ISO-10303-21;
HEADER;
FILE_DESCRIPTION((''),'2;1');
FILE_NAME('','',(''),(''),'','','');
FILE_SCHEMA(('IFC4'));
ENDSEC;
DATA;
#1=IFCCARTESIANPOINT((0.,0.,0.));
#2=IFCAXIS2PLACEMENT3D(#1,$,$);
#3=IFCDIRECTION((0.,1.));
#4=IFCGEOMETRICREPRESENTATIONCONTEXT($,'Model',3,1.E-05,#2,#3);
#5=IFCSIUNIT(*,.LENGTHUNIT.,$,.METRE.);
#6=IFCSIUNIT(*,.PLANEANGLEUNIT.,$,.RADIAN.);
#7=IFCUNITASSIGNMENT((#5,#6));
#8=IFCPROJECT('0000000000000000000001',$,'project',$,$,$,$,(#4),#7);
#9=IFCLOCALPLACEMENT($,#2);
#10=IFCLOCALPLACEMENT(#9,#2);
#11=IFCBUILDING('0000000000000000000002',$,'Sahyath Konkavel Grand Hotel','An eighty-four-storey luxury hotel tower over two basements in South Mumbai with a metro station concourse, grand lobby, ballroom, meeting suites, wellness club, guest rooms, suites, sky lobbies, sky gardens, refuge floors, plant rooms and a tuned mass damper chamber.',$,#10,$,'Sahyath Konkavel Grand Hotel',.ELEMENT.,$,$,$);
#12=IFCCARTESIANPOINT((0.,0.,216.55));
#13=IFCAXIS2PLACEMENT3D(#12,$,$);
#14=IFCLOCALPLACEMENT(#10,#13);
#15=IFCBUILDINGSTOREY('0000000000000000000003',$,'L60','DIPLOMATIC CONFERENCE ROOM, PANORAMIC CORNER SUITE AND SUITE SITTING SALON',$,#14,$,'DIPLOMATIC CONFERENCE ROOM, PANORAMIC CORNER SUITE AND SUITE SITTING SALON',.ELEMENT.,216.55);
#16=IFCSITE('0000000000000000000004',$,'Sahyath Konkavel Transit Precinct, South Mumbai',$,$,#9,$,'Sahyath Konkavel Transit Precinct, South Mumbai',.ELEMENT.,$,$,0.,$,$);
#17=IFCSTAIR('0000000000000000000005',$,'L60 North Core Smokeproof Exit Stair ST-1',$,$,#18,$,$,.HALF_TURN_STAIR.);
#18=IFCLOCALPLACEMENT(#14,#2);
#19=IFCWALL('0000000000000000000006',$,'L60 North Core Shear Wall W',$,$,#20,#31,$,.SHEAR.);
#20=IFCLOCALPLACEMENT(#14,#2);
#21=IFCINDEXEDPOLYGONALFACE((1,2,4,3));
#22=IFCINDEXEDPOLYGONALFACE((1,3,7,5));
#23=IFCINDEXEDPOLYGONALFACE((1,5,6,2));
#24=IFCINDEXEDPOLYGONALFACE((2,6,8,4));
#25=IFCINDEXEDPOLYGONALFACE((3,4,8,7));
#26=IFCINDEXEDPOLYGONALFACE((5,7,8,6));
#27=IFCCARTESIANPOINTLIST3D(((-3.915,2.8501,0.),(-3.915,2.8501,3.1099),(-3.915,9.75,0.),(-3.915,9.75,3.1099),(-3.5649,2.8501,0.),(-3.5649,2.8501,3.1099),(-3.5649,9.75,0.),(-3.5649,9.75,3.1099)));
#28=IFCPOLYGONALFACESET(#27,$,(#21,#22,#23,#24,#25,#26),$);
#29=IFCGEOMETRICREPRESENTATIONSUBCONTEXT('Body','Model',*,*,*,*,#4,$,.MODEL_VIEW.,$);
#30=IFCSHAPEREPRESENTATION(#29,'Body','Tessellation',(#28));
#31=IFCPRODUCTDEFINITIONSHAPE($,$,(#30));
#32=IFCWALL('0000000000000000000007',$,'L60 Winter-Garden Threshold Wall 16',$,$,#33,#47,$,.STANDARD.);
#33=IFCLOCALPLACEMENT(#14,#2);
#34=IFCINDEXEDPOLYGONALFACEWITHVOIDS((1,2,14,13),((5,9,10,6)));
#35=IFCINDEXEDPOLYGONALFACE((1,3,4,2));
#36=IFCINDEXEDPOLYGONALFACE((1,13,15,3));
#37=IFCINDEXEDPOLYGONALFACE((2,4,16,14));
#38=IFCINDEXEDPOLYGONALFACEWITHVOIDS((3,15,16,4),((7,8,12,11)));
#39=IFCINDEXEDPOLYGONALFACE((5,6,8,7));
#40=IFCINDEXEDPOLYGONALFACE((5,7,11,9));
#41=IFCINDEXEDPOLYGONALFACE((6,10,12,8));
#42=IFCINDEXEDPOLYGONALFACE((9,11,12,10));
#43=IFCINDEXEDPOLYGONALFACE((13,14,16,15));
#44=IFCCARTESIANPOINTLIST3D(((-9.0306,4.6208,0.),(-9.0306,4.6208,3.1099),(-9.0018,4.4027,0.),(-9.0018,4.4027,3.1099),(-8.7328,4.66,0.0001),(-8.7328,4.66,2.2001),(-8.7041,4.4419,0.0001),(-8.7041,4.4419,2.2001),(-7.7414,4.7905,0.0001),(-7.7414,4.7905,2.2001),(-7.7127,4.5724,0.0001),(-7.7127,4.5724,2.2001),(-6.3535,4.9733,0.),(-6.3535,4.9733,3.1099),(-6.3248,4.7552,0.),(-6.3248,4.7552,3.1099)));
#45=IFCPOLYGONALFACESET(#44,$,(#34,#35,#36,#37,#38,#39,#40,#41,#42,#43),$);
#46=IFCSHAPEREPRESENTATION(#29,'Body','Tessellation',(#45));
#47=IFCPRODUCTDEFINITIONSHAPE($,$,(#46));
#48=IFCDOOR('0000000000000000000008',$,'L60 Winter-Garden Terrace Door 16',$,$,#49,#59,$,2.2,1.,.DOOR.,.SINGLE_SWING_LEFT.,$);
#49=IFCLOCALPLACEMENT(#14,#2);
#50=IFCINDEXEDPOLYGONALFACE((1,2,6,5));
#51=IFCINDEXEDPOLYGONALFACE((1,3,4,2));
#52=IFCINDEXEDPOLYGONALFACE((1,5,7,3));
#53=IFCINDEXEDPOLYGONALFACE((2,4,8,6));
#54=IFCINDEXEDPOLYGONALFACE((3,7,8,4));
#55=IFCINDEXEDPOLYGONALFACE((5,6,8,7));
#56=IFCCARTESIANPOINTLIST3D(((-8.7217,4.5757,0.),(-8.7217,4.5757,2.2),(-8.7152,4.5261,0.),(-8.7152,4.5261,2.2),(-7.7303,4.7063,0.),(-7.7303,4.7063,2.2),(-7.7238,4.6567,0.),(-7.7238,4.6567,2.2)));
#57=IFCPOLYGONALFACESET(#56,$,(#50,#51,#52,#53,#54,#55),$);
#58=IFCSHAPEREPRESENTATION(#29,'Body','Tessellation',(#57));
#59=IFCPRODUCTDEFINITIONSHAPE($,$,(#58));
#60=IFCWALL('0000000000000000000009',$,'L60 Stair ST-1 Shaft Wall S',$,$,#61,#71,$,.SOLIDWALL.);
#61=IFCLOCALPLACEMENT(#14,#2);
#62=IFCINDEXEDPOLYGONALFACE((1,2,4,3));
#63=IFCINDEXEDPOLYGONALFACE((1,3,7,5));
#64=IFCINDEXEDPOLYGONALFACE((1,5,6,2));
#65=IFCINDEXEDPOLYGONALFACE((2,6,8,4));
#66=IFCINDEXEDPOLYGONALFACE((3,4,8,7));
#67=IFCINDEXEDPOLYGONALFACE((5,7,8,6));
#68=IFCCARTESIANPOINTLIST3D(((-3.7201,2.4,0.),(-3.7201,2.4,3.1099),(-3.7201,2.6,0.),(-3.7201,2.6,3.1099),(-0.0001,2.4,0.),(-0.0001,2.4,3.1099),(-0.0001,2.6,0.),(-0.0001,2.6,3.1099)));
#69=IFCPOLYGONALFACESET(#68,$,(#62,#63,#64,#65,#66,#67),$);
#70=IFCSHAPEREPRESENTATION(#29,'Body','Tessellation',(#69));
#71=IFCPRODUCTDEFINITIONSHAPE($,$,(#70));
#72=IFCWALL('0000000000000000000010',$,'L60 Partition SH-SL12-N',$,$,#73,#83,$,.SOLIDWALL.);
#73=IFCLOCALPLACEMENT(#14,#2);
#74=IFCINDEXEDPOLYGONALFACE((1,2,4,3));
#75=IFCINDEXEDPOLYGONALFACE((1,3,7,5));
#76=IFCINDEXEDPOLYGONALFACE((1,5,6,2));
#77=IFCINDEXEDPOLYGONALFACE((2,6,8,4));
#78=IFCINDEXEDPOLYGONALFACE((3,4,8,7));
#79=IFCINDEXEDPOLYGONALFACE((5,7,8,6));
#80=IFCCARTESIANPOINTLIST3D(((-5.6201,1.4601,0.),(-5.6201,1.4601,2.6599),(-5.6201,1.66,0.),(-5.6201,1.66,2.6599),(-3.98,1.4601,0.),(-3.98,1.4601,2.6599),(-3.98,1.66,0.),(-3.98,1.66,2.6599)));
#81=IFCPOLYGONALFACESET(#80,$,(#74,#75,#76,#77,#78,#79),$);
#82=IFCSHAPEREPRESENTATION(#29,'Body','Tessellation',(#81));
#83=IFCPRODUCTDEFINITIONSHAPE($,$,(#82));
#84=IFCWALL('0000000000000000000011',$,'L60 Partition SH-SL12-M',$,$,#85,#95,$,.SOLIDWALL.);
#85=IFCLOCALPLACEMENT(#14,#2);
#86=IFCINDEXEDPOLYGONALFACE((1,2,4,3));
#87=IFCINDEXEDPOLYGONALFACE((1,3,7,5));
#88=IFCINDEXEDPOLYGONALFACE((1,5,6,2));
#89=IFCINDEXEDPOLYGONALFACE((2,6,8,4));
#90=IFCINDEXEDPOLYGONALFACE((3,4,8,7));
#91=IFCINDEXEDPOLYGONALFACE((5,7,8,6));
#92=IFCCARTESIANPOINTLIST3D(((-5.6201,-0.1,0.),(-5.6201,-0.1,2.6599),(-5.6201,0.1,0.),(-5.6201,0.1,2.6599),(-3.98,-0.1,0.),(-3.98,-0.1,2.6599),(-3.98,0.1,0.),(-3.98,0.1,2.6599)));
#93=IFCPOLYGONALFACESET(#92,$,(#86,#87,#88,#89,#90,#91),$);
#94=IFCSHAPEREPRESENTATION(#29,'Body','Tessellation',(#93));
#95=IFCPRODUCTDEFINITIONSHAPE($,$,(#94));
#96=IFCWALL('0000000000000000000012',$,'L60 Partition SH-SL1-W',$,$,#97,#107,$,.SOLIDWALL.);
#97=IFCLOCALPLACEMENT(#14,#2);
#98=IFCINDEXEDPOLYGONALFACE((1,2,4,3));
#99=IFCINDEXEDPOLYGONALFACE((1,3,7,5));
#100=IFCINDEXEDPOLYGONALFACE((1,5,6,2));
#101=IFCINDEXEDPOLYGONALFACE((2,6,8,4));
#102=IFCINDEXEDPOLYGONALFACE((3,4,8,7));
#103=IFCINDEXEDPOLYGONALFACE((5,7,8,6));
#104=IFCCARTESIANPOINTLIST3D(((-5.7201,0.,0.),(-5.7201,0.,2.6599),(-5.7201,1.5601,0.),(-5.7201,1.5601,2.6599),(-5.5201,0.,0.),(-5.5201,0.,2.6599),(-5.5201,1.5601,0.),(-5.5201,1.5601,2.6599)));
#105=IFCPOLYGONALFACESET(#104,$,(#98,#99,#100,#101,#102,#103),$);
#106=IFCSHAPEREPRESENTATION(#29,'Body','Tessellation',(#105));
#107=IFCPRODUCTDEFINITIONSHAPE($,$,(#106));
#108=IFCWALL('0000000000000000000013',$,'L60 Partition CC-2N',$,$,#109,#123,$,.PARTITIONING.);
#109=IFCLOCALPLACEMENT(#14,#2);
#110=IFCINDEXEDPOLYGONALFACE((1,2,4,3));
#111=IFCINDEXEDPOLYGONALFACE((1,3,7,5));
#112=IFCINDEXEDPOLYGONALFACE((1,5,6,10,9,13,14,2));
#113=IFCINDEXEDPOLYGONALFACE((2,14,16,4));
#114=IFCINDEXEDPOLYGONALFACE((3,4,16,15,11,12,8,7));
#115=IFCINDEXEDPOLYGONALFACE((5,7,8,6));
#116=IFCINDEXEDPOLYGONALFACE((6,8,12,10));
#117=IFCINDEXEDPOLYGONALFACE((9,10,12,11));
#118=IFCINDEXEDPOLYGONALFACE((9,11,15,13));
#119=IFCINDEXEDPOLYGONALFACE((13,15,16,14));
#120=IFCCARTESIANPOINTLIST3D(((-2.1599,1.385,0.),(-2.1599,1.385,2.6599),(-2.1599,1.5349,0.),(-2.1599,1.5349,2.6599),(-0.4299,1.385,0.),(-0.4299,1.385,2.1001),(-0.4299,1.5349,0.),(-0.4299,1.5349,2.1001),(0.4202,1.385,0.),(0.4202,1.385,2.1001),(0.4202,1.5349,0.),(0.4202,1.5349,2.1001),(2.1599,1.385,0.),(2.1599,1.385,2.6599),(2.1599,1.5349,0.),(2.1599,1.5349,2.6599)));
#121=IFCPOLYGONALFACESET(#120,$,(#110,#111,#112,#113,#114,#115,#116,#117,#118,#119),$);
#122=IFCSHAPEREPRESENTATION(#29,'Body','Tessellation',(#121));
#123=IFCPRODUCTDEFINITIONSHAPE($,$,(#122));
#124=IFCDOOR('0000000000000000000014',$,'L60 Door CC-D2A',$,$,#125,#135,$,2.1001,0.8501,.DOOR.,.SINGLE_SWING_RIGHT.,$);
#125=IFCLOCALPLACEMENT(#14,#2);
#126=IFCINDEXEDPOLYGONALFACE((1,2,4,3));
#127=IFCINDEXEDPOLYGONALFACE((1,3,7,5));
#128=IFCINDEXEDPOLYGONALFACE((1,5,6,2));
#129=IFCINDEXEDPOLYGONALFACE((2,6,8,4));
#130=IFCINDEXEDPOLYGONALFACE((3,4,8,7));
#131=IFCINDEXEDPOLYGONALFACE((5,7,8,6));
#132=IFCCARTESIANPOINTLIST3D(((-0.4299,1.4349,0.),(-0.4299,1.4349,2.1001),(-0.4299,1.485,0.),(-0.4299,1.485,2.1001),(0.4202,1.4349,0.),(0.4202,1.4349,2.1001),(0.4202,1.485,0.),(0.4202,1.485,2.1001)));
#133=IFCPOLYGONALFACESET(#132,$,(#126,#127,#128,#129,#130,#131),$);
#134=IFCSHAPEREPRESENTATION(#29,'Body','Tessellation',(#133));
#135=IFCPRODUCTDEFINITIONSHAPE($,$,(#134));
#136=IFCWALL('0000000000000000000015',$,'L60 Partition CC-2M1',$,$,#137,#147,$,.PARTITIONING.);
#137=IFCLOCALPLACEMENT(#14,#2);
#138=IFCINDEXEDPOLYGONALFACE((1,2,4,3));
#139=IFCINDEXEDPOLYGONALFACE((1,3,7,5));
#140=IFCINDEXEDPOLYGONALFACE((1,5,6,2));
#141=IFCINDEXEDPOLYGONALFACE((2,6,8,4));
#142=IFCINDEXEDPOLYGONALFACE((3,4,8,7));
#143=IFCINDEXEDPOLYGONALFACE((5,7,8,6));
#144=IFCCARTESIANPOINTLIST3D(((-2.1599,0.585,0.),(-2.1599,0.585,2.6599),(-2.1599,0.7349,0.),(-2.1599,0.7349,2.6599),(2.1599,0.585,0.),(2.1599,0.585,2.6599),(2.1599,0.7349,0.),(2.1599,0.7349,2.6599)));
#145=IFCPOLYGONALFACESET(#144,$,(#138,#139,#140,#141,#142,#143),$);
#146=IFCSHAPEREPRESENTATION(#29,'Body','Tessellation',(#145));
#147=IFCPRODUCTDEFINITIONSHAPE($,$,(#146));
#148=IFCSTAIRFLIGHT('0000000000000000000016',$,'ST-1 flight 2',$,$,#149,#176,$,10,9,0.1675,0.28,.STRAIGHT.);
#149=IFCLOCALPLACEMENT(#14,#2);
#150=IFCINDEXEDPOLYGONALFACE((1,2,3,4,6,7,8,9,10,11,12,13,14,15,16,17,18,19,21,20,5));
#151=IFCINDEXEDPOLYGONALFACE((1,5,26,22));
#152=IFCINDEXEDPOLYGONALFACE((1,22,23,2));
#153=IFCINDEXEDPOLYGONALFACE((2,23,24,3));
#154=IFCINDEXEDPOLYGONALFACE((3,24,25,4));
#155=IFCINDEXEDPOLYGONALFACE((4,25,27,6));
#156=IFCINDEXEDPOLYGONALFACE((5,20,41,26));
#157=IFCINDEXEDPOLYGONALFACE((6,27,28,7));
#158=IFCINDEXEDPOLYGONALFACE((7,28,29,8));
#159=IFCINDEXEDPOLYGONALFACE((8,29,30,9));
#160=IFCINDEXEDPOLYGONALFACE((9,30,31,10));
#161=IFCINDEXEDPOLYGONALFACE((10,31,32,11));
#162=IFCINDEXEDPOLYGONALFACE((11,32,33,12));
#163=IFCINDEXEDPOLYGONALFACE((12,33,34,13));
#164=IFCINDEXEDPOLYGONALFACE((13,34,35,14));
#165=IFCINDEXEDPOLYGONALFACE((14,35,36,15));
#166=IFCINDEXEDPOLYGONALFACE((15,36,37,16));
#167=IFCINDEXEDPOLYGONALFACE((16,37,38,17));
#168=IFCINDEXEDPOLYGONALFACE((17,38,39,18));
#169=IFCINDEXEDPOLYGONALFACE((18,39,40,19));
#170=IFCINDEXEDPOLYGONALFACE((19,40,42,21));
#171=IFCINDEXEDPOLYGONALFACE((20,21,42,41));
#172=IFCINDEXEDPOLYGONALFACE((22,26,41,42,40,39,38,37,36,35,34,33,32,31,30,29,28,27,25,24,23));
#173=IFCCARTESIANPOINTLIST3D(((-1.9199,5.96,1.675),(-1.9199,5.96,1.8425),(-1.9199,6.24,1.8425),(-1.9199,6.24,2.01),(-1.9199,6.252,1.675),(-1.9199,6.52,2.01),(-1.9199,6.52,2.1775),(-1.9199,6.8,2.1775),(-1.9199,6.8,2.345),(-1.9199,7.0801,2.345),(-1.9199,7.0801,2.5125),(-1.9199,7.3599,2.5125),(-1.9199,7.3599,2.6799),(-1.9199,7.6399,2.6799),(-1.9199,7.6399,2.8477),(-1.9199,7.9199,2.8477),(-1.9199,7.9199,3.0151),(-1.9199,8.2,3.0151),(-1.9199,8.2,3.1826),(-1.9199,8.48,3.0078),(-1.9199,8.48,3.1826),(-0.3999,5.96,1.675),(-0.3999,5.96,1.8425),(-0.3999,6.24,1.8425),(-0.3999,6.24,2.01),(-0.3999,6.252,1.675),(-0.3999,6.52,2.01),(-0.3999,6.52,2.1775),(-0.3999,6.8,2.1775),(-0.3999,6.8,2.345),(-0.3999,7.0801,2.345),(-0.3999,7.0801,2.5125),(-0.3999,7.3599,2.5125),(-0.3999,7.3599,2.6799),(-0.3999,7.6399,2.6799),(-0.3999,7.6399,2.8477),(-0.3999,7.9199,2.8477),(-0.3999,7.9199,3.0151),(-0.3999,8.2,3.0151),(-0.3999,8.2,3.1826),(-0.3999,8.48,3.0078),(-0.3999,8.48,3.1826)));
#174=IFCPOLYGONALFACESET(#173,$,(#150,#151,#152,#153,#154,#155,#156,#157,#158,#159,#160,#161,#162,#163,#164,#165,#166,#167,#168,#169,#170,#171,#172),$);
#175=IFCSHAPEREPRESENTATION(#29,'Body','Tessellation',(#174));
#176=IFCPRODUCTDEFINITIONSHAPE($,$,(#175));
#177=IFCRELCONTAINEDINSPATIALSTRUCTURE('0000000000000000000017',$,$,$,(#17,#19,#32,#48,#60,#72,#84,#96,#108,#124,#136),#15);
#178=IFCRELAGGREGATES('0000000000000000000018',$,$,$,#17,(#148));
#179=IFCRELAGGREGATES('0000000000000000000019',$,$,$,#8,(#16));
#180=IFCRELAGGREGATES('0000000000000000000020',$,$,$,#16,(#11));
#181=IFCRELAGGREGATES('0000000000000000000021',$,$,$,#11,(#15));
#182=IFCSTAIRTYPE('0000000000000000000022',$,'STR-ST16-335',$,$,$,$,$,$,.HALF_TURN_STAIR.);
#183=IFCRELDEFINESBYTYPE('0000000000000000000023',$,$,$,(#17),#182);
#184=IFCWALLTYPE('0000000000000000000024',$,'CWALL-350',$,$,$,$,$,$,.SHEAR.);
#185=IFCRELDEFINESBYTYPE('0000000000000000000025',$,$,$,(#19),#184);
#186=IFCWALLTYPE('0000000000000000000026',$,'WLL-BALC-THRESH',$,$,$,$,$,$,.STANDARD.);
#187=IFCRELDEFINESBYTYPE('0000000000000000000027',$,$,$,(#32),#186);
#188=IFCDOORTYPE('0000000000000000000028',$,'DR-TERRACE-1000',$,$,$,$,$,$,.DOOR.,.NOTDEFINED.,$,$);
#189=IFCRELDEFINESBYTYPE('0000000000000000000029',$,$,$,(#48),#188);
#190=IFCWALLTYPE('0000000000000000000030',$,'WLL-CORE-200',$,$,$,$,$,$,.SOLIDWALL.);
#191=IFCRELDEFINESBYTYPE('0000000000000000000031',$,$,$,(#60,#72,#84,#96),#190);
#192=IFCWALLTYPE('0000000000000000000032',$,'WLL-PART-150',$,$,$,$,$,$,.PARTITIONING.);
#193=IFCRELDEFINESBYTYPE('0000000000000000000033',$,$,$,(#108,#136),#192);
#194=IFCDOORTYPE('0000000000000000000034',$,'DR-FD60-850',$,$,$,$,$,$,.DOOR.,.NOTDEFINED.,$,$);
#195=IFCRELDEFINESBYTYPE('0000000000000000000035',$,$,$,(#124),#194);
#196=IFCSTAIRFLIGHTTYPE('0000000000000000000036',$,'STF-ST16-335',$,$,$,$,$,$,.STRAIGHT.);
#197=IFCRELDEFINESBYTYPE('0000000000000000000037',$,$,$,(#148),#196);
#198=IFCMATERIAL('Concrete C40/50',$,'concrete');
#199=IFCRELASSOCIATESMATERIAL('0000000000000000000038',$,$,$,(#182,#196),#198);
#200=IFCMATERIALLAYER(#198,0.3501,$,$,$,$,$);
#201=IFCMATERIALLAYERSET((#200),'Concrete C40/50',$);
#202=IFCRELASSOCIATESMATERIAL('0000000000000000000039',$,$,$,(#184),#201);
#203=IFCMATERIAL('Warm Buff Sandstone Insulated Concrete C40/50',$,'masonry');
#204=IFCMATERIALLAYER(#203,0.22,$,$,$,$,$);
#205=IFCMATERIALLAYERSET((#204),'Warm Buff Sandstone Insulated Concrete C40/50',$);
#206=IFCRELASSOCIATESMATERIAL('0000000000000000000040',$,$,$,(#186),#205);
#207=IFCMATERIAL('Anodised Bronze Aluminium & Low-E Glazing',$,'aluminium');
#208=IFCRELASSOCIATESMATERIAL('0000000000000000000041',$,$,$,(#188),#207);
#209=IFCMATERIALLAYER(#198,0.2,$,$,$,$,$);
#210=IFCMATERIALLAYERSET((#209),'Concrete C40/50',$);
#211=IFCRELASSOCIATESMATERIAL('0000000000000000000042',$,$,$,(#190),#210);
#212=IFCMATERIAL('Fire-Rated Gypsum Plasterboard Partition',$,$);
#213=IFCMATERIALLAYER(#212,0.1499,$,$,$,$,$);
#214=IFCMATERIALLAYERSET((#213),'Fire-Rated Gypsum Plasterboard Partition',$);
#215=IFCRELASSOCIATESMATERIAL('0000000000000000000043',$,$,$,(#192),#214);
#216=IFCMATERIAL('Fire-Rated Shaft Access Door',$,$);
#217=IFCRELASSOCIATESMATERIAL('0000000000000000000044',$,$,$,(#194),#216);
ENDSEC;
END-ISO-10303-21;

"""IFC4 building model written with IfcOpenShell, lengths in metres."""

from ifc_helpers import new_model, si_unit, direction, frame, frame_2d, origin, origin_2d, place, context, subcontext, project, spatial, polyline, rectangle, outline, extrude, source, transform, mapped, material, layer, layer_set, type_object, element, fill, aggregate, save


model = new_model("IFC4")

# Units and contexts
model_context = context("Model", 3, precision=1e-05, world=origin(), true_north=direction((0.0, 1.0)))
body_context = subcontext(model_context, "Body", "Model", "MODEL_VIEW")
ifc_project = project(units=[si_unit("LENGTHUNIT", "METRE"), si_unit("PLANEANGLEUNIT", "RADIAN")], contexts=[model_context])

# Site, building, storey
site_placement = place(None, origin())
site = spatial("IfcSite", under=ifc_project, at=site_placement, Name="Sahyath Konkavel Transit Precinct, South Mumbai", LongName="Sahyath Konkavel Transit Precinct, South Mumbai", CompositionType="ELEMENT", RefElevation=0.0)
building_placement = place(site_placement, origin())
building = spatial("IfcBuilding", under=site, at=building_placement, Name="Sahyath Konkavel Grand Hotel", Description="An eighty-four-storey luxury hotel tower over two basements in South Mumbai with a metro station concourse, grand lobby, ballroom, meeting suites, wellness club, guest rooms, suites, sky lobbies, sky gardens, refuge floors, plant rooms and a tuned mass damper chamber.", LongName="Sahyath Konkavel Grand Hotel", CompositionType="ELEMENT")
storey_placement = place(building_placement, frame((0.0, 0.0, 216.55)))
storey = spatial("IfcBuildingStorey", under=building, at=storey_placement, Name="L60", Description="DIPLOMATIC CONFERENCE ROOM, PANORAMIC CORNER SUITE AND SUITE SITTING SALON", LongName="DIPLOMATIC CONFERENCE ROOM, PANORAMIC CORNER SUITE AND SUITE SITTING SALON", CompositionType="ELEMENT", Elevation=216.55)

# Shared definitions
ifc_material_1 = material(Name="Concrete C40/50", Category="concrete")

# Shared definitions
ifc_material_2 = material(Name="Anodised Bronze Aluminium & Low-E Glazing", Category="aluminium")

# Stair
stair_type = type_object("IfcStairType", Name="STR-ST16-335", PredefinedType="HALF_TURN_STAIR", material=ifc_material_1)
stair_1_placement = place(storey_placement, origin())
stair_1 = element("IfcStair", 1, at=stair_1_placement, inside=storey, type_object=stair_type, Name="L60 North Core Smokeproof Exit Stair ST-1", PredefinedType="HALF_TURN_STAIR")

# Wall
ifc_layer_1 = layer(ifc_material_1, 0.3501)
ifc_layer_set_1 = layer_set([ifc_layer_1], Name="Concrete C40/50")
wall_type_1 = type_object("IfcWallType", Name="CWALL-350", PredefinedType="SHEAR", material=ifc_layer_set_1)
wall_1_placement = place(storey_placement, frame((-3.74, 2.8501, 0.0), z_axis=(0.0, 0.0, 1.0), x_axis=(0.0, 1.0, 0.0)))
element("IfcWall", 2, at=wall_1_placement, inside=storey, type_object=wall_type_1, Name="L60 North Core Shear Wall W", PredefinedType="SHEAR", context=body_context, shape_type="SweptSolid", body=[
    extrude(rectangle(XDim=6.8999, YDim=0.3501, at=frame_2d((3.45, 0.0))), origin(), (0.0, 0.0, 1.0), 3.1099),
])

# Wall, opening, door
ifc_material_3 = material(Name="Warm Buff Sandstone Insulated Concrete C40/50", Category="masonry")
ifc_layer_2 = layer(ifc_material_3, 0.22)
ifc_layer_set_2 = layer_set([ifc_layer_2], Name="Warm Buff Sandstone Insulated Concrete C40/50")
wall_type_2 = type_object("IfcWallType", Name="WLL-BALC-THRESH", PredefinedType="STANDARD", material=ifc_layer_set_2)
wall_2_placement = place(storey_placement, frame((-6.3391, 4.8643, 0.0), z_axis=(0.0, 0.0, 1.0), x_axis=(-0.99144, -0.130564, 0.0)))
wall_2 = element("IfcWall", 3, at=wall_2_placement, inside=storey, type_object=wall_type_2, Name="L60 Winter-Garden Threshold Wall 16", PredefinedType="STANDARD", context=body_context, shape_type="SweptSolid", body=[
    extrude(rectangle(XDim=2.7002, YDim=0.22, at=frame_2d((1.3501, 0.0))), origin(), (0.0, 0.0, 1.0), 3.1099),
])
opening_1_placement = place(wall_2_placement, frame((1.3999, 0.0, 0.0)))
opening_1 = element("IfcOpeningElement", 4, at=opening_1_placement, cuts=wall_2, PredefinedType="OPENING", context=body_context, shape_type="SweptSolid", body=[
    extrude(rectangle(XDim=1.0, YDim=2.2, at=frame_2d((0.5, 1.1001))), frame((0.0, 0.1201, 0.0), z_axis=(0.0, -1.0, 0.0), x_axis=(1.0, 0.0, 0.0)), (0.0, 0.0, 1.0), 0.24),
])
door_type_1 = type_object("IfcDoorType", Name="DR-TERRACE-1000", OperationType="NOTDEFINED", PredefinedType="DOOR", material=ifc_material_2)
shared_shape_1 = source(origin(), body_context, "Body", "SweptSolid", [
    extrude(rectangle(XDim=1.0, YDim=0.05, at=origin_2d()), origin(), (0.0, 0.0, 1.0), 2.2),
])
door_1_placement = place(opening_1_placement, frame((0.5, 0.0, 0.0)))
door_1 = element("IfcDoor", 5, at=door_1_placement, inside=storey, type_object=door_type_1, Name="L60 Winter-Garden Terrace Door 16", OperationType="SINGLE_SWING_LEFT", OverallHeight=2.2, OverallWidth=1.0, PredefinedType="DOOR", context=body_context, shape_type="MappedRepresentation", body=[
    mapped(shared_shape_1, transform((0.0, 0.0, 0.0), scale=1.0)),
])
fill(opening_1, door_1)

# Walls
ifc_layer_3 = layer(ifc_material_1, 0.2)
ifc_layer_set_3 = layer_set([ifc_layer_3], Name="Concrete C40/50")
wall_type_3 = type_object("IfcWallType", Name="WLL-CORE-200", PredefinedType="SOLIDWALL", material=ifc_layer_set_3)
wall_3_placement = place(storey_placement, frame((-3.72, 2.5, 0.0), z_axis=(0.0, 0.0, 1.0), x_axis=(1.0, 0.0, 0.0)))
element("IfcWall", 6, at=wall_3_placement, inside=storey, type_object=wall_type_3, Name="L60 Stair ST-1 Shaft Wall S", PredefinedType="SOLIDWALL", context=body_context, shape_type="SweptSolid", body=[
    extrude(rectangle(XDim=3.72, YDim=0.2, at=frame_2d((1.8599, 0.0))), origin(), (0.0, 0.0, 1.0), 3.1099),
])
for number, where, z_axis, x_axis, name in (
    (7, (-5.6201, 1.5601, 0.0), (0.0, 0.0, 1.0), (1.0, 0.0, 0.0), "L60 Partition SH-SL12-N"),
    (8, (-5.6201, 0.0, 0.0), (0.0, 0.0, 1.0), (1.0, 0.0, 0.0), "L60 Partition SH-SL12-M"),
):
    element("IfcWall", number, at=place(storey_placement, frame(where, z_axis=z_axis, x_axis=x_axis)), inside=storey, type_object=wall_type_3, Name=name, PredefinedType="SOLIDWALL", context=body_context, shape_type="SweptSolid", body=[
        extrude(rectangle(XDim=1.6401, YDim=0.2, at=frame_2d((0.8201, 0.0))), origin(), (0.0, 0.0, 1.0), 2.6599),
    ])
wall_4_placement = place(storey_placement, frame((-5.6201, 0.0, 0.0), z_axis=(0.0, 0.0, 1.0), x_axis=(0.0, 1.0, 0.0)))
element("IfcWall", 9, at=wall_4_placement, inside=storey, type_object=wall_type_3, Name="L60 Partition SH-SL1-W", PredefinedType="SOLIDWALL", context=body_context, shape_type="SweptSolid", body=[
    extrude(rectangle(XDim=1.5601, YDim=0.2, at=frame_2d((0.78, 0.0))), origin(), (0.0, 0.0, 1.0), 2.6599),
])

# Wall, opening, door
ifc_material_4 = material(Name="Fire-Rated Gypsum Plasterboard Partition")
ifc_layer_4 = layer(ifc_material_4, 0.1499)
ifc_layer_set_4 = layer_set([ifc_layer_4], Name="Fire-Rated Gypsum Plasterboard Partition")
wall_type_4 = type_object("IfcWallType", Name="WLL-PART-150", PredefinedType="PARTITIONING", material=ifc_layer_set_4)
wall_5_placement = place(storey_placement, frame((-2.1599, 1.46, 0.0), z_axis=(0.0, 0.0, 1.0), x_axis=(1.0, 0.0, 0.0)))
wall_5 = element("IfcWall", 10, at=wall_5_placement, inside=storey, type_object=wall_type_4, Name="L60 Partition CC-2N", PredefinedType="PARTITIONING", context=body_context, shape_type="SweptSolid", body=[
    extrude(rectangle(XDim=4.3198, YDim=0.1499, at=frame_2d((2.1599, 0.0))), origin(), (0.0, 0.0, 1.0), 2.6599),
])
opening_2_placement = place(wall_5_placement, frame((1.73, 0.0, 0.0)))
opening_2 = element("IfcOpeningElement", 11, at=opening_2_placement, cuts=wall_5, PredefinedType="OPENING", context=body_context, shape_type="SweptSolid", body=[
    extrude(rectangle(XDim=0.8501, YDim=2.1001, at=frame_2d((0.425, 1.05))), frame((0.0, 0.085, 0.0), z_axis=(0.0, -1.0, 0.0), x_axis=(1.0, 0.0, 0.0)), (0.0, 0.0, 1.0), 0.1699),
])
ifc_material_5 = material(Name="Fire-Rated Shaft Access Door")
door_type_2 = type_object("IfcDoorType", Name="DR-FD60-850", OperationType="NOTDEFINED", PredefinedType="DOOR", material=ifc_material_5)
shared_shape_2 = source(origin(), body_context, "Body", "SweptSolid", [
    extrude(rectangle(XDim=0.8501, YDim=0.05, at=origin_2d()), origin(), (0.0, 0.0, 1.0), 2.1001),
])
door_2_placement = place(opening_2_placement, frame((0.425, 0.0, 0.0)))
door_2 = element("IfcDoor", 12, at=door_2_placement, inside=storey, type_object=door_type_2, Name="L60 Door CC-D2A", OperationType="SINGLE_SWING_RIGHT", OverallHeight=2.1001, OverallWidth=0.8501, PredefinedType="DOOR", context=body_context, shape_type="MappedRepresentation", body=[
    mapped(shared_shape_2, transform((0.0, 0.0, 0.0), scale=1.0)),
])
fill(opening_2, door_2)

# Wall
wall_6_placement = place(storey_placement, frame((-2.1599, 0.6599, 0.0), z_axis=(0.0, 0.0, 1.0), x_axis=(1.0, 0.0, 0.0)))
element("IfcWall", 13, at=wall_6_placement, inside=storey, type_object=wall_type_4, Name="L60 Partition CC-2M1", PredefinedType="PARTITIONING", context=body_context, shape_type="SweptSolid", body=[
    extrude(rectangle(XDim=4.3198, YDim=0.1499, at=frame_2d((2.1599, 0.0))), origin(), (0.0, 0.0, 1.0), 2.6599),
])

# Stair flight
stair_flight_type = type_object("IfcStairFlightType", Name="STF-ST16-335", PredefinedType="STRAIGHT", material=ifc_material_1)
stair_flight_placement = place(storey_placement, frame((-1.1599, 5.96, 1.675), z_axis=(0.0, 0.0, 1.0), x_axis=(0.0, 1.0, 0.0)))
stair_flight = element("IfcStairFlight", 14, at=stair_flight_placement, type_object=stair_flight_type, Name="ST-1 flight 2", NumberOfRisers=10, NumberOfTreads=9, PredefinedType="STRAIGHT", RiserHeight=0.1675, TreadLength=0.28, context=body_context, shape_type="SweptSolid", body=[
    extrude(outline(polyline([(0.0, 0.0), (0.0, 0.1675), (0.28, 0.1675), (0.28, 0.335), (0.5601, 0.335), (0.5601, 0.5024), (0.8401, 0.5024), (0.8401, 0.6699), (1.1201, 0.6699), (1.1201, 0.8374), (1.3999, 0.8374), (1.3999, 1.0049), (1.6799, 1.0049), (1.6799, 1.1726), (1.96, 1.1726), (1.96, 1.3401), (2.24, 1.3401), (2.24, 1.5076), (2.52, 1.5076), (2.52, 1.675), (2.52, 1.3328), (0.292, 0.0), (0.0, 0.0)])), frame((0.0, 0.76, 0.0), z_axis=(0.0, -1.0, 0.0), x_axis=(1.0, 0.0, 0.0)), (0.0, 0.0, 1.0), 1.52),
])
aggregate(stair_1, [stair_flight])

save(model, "model.ifc")
